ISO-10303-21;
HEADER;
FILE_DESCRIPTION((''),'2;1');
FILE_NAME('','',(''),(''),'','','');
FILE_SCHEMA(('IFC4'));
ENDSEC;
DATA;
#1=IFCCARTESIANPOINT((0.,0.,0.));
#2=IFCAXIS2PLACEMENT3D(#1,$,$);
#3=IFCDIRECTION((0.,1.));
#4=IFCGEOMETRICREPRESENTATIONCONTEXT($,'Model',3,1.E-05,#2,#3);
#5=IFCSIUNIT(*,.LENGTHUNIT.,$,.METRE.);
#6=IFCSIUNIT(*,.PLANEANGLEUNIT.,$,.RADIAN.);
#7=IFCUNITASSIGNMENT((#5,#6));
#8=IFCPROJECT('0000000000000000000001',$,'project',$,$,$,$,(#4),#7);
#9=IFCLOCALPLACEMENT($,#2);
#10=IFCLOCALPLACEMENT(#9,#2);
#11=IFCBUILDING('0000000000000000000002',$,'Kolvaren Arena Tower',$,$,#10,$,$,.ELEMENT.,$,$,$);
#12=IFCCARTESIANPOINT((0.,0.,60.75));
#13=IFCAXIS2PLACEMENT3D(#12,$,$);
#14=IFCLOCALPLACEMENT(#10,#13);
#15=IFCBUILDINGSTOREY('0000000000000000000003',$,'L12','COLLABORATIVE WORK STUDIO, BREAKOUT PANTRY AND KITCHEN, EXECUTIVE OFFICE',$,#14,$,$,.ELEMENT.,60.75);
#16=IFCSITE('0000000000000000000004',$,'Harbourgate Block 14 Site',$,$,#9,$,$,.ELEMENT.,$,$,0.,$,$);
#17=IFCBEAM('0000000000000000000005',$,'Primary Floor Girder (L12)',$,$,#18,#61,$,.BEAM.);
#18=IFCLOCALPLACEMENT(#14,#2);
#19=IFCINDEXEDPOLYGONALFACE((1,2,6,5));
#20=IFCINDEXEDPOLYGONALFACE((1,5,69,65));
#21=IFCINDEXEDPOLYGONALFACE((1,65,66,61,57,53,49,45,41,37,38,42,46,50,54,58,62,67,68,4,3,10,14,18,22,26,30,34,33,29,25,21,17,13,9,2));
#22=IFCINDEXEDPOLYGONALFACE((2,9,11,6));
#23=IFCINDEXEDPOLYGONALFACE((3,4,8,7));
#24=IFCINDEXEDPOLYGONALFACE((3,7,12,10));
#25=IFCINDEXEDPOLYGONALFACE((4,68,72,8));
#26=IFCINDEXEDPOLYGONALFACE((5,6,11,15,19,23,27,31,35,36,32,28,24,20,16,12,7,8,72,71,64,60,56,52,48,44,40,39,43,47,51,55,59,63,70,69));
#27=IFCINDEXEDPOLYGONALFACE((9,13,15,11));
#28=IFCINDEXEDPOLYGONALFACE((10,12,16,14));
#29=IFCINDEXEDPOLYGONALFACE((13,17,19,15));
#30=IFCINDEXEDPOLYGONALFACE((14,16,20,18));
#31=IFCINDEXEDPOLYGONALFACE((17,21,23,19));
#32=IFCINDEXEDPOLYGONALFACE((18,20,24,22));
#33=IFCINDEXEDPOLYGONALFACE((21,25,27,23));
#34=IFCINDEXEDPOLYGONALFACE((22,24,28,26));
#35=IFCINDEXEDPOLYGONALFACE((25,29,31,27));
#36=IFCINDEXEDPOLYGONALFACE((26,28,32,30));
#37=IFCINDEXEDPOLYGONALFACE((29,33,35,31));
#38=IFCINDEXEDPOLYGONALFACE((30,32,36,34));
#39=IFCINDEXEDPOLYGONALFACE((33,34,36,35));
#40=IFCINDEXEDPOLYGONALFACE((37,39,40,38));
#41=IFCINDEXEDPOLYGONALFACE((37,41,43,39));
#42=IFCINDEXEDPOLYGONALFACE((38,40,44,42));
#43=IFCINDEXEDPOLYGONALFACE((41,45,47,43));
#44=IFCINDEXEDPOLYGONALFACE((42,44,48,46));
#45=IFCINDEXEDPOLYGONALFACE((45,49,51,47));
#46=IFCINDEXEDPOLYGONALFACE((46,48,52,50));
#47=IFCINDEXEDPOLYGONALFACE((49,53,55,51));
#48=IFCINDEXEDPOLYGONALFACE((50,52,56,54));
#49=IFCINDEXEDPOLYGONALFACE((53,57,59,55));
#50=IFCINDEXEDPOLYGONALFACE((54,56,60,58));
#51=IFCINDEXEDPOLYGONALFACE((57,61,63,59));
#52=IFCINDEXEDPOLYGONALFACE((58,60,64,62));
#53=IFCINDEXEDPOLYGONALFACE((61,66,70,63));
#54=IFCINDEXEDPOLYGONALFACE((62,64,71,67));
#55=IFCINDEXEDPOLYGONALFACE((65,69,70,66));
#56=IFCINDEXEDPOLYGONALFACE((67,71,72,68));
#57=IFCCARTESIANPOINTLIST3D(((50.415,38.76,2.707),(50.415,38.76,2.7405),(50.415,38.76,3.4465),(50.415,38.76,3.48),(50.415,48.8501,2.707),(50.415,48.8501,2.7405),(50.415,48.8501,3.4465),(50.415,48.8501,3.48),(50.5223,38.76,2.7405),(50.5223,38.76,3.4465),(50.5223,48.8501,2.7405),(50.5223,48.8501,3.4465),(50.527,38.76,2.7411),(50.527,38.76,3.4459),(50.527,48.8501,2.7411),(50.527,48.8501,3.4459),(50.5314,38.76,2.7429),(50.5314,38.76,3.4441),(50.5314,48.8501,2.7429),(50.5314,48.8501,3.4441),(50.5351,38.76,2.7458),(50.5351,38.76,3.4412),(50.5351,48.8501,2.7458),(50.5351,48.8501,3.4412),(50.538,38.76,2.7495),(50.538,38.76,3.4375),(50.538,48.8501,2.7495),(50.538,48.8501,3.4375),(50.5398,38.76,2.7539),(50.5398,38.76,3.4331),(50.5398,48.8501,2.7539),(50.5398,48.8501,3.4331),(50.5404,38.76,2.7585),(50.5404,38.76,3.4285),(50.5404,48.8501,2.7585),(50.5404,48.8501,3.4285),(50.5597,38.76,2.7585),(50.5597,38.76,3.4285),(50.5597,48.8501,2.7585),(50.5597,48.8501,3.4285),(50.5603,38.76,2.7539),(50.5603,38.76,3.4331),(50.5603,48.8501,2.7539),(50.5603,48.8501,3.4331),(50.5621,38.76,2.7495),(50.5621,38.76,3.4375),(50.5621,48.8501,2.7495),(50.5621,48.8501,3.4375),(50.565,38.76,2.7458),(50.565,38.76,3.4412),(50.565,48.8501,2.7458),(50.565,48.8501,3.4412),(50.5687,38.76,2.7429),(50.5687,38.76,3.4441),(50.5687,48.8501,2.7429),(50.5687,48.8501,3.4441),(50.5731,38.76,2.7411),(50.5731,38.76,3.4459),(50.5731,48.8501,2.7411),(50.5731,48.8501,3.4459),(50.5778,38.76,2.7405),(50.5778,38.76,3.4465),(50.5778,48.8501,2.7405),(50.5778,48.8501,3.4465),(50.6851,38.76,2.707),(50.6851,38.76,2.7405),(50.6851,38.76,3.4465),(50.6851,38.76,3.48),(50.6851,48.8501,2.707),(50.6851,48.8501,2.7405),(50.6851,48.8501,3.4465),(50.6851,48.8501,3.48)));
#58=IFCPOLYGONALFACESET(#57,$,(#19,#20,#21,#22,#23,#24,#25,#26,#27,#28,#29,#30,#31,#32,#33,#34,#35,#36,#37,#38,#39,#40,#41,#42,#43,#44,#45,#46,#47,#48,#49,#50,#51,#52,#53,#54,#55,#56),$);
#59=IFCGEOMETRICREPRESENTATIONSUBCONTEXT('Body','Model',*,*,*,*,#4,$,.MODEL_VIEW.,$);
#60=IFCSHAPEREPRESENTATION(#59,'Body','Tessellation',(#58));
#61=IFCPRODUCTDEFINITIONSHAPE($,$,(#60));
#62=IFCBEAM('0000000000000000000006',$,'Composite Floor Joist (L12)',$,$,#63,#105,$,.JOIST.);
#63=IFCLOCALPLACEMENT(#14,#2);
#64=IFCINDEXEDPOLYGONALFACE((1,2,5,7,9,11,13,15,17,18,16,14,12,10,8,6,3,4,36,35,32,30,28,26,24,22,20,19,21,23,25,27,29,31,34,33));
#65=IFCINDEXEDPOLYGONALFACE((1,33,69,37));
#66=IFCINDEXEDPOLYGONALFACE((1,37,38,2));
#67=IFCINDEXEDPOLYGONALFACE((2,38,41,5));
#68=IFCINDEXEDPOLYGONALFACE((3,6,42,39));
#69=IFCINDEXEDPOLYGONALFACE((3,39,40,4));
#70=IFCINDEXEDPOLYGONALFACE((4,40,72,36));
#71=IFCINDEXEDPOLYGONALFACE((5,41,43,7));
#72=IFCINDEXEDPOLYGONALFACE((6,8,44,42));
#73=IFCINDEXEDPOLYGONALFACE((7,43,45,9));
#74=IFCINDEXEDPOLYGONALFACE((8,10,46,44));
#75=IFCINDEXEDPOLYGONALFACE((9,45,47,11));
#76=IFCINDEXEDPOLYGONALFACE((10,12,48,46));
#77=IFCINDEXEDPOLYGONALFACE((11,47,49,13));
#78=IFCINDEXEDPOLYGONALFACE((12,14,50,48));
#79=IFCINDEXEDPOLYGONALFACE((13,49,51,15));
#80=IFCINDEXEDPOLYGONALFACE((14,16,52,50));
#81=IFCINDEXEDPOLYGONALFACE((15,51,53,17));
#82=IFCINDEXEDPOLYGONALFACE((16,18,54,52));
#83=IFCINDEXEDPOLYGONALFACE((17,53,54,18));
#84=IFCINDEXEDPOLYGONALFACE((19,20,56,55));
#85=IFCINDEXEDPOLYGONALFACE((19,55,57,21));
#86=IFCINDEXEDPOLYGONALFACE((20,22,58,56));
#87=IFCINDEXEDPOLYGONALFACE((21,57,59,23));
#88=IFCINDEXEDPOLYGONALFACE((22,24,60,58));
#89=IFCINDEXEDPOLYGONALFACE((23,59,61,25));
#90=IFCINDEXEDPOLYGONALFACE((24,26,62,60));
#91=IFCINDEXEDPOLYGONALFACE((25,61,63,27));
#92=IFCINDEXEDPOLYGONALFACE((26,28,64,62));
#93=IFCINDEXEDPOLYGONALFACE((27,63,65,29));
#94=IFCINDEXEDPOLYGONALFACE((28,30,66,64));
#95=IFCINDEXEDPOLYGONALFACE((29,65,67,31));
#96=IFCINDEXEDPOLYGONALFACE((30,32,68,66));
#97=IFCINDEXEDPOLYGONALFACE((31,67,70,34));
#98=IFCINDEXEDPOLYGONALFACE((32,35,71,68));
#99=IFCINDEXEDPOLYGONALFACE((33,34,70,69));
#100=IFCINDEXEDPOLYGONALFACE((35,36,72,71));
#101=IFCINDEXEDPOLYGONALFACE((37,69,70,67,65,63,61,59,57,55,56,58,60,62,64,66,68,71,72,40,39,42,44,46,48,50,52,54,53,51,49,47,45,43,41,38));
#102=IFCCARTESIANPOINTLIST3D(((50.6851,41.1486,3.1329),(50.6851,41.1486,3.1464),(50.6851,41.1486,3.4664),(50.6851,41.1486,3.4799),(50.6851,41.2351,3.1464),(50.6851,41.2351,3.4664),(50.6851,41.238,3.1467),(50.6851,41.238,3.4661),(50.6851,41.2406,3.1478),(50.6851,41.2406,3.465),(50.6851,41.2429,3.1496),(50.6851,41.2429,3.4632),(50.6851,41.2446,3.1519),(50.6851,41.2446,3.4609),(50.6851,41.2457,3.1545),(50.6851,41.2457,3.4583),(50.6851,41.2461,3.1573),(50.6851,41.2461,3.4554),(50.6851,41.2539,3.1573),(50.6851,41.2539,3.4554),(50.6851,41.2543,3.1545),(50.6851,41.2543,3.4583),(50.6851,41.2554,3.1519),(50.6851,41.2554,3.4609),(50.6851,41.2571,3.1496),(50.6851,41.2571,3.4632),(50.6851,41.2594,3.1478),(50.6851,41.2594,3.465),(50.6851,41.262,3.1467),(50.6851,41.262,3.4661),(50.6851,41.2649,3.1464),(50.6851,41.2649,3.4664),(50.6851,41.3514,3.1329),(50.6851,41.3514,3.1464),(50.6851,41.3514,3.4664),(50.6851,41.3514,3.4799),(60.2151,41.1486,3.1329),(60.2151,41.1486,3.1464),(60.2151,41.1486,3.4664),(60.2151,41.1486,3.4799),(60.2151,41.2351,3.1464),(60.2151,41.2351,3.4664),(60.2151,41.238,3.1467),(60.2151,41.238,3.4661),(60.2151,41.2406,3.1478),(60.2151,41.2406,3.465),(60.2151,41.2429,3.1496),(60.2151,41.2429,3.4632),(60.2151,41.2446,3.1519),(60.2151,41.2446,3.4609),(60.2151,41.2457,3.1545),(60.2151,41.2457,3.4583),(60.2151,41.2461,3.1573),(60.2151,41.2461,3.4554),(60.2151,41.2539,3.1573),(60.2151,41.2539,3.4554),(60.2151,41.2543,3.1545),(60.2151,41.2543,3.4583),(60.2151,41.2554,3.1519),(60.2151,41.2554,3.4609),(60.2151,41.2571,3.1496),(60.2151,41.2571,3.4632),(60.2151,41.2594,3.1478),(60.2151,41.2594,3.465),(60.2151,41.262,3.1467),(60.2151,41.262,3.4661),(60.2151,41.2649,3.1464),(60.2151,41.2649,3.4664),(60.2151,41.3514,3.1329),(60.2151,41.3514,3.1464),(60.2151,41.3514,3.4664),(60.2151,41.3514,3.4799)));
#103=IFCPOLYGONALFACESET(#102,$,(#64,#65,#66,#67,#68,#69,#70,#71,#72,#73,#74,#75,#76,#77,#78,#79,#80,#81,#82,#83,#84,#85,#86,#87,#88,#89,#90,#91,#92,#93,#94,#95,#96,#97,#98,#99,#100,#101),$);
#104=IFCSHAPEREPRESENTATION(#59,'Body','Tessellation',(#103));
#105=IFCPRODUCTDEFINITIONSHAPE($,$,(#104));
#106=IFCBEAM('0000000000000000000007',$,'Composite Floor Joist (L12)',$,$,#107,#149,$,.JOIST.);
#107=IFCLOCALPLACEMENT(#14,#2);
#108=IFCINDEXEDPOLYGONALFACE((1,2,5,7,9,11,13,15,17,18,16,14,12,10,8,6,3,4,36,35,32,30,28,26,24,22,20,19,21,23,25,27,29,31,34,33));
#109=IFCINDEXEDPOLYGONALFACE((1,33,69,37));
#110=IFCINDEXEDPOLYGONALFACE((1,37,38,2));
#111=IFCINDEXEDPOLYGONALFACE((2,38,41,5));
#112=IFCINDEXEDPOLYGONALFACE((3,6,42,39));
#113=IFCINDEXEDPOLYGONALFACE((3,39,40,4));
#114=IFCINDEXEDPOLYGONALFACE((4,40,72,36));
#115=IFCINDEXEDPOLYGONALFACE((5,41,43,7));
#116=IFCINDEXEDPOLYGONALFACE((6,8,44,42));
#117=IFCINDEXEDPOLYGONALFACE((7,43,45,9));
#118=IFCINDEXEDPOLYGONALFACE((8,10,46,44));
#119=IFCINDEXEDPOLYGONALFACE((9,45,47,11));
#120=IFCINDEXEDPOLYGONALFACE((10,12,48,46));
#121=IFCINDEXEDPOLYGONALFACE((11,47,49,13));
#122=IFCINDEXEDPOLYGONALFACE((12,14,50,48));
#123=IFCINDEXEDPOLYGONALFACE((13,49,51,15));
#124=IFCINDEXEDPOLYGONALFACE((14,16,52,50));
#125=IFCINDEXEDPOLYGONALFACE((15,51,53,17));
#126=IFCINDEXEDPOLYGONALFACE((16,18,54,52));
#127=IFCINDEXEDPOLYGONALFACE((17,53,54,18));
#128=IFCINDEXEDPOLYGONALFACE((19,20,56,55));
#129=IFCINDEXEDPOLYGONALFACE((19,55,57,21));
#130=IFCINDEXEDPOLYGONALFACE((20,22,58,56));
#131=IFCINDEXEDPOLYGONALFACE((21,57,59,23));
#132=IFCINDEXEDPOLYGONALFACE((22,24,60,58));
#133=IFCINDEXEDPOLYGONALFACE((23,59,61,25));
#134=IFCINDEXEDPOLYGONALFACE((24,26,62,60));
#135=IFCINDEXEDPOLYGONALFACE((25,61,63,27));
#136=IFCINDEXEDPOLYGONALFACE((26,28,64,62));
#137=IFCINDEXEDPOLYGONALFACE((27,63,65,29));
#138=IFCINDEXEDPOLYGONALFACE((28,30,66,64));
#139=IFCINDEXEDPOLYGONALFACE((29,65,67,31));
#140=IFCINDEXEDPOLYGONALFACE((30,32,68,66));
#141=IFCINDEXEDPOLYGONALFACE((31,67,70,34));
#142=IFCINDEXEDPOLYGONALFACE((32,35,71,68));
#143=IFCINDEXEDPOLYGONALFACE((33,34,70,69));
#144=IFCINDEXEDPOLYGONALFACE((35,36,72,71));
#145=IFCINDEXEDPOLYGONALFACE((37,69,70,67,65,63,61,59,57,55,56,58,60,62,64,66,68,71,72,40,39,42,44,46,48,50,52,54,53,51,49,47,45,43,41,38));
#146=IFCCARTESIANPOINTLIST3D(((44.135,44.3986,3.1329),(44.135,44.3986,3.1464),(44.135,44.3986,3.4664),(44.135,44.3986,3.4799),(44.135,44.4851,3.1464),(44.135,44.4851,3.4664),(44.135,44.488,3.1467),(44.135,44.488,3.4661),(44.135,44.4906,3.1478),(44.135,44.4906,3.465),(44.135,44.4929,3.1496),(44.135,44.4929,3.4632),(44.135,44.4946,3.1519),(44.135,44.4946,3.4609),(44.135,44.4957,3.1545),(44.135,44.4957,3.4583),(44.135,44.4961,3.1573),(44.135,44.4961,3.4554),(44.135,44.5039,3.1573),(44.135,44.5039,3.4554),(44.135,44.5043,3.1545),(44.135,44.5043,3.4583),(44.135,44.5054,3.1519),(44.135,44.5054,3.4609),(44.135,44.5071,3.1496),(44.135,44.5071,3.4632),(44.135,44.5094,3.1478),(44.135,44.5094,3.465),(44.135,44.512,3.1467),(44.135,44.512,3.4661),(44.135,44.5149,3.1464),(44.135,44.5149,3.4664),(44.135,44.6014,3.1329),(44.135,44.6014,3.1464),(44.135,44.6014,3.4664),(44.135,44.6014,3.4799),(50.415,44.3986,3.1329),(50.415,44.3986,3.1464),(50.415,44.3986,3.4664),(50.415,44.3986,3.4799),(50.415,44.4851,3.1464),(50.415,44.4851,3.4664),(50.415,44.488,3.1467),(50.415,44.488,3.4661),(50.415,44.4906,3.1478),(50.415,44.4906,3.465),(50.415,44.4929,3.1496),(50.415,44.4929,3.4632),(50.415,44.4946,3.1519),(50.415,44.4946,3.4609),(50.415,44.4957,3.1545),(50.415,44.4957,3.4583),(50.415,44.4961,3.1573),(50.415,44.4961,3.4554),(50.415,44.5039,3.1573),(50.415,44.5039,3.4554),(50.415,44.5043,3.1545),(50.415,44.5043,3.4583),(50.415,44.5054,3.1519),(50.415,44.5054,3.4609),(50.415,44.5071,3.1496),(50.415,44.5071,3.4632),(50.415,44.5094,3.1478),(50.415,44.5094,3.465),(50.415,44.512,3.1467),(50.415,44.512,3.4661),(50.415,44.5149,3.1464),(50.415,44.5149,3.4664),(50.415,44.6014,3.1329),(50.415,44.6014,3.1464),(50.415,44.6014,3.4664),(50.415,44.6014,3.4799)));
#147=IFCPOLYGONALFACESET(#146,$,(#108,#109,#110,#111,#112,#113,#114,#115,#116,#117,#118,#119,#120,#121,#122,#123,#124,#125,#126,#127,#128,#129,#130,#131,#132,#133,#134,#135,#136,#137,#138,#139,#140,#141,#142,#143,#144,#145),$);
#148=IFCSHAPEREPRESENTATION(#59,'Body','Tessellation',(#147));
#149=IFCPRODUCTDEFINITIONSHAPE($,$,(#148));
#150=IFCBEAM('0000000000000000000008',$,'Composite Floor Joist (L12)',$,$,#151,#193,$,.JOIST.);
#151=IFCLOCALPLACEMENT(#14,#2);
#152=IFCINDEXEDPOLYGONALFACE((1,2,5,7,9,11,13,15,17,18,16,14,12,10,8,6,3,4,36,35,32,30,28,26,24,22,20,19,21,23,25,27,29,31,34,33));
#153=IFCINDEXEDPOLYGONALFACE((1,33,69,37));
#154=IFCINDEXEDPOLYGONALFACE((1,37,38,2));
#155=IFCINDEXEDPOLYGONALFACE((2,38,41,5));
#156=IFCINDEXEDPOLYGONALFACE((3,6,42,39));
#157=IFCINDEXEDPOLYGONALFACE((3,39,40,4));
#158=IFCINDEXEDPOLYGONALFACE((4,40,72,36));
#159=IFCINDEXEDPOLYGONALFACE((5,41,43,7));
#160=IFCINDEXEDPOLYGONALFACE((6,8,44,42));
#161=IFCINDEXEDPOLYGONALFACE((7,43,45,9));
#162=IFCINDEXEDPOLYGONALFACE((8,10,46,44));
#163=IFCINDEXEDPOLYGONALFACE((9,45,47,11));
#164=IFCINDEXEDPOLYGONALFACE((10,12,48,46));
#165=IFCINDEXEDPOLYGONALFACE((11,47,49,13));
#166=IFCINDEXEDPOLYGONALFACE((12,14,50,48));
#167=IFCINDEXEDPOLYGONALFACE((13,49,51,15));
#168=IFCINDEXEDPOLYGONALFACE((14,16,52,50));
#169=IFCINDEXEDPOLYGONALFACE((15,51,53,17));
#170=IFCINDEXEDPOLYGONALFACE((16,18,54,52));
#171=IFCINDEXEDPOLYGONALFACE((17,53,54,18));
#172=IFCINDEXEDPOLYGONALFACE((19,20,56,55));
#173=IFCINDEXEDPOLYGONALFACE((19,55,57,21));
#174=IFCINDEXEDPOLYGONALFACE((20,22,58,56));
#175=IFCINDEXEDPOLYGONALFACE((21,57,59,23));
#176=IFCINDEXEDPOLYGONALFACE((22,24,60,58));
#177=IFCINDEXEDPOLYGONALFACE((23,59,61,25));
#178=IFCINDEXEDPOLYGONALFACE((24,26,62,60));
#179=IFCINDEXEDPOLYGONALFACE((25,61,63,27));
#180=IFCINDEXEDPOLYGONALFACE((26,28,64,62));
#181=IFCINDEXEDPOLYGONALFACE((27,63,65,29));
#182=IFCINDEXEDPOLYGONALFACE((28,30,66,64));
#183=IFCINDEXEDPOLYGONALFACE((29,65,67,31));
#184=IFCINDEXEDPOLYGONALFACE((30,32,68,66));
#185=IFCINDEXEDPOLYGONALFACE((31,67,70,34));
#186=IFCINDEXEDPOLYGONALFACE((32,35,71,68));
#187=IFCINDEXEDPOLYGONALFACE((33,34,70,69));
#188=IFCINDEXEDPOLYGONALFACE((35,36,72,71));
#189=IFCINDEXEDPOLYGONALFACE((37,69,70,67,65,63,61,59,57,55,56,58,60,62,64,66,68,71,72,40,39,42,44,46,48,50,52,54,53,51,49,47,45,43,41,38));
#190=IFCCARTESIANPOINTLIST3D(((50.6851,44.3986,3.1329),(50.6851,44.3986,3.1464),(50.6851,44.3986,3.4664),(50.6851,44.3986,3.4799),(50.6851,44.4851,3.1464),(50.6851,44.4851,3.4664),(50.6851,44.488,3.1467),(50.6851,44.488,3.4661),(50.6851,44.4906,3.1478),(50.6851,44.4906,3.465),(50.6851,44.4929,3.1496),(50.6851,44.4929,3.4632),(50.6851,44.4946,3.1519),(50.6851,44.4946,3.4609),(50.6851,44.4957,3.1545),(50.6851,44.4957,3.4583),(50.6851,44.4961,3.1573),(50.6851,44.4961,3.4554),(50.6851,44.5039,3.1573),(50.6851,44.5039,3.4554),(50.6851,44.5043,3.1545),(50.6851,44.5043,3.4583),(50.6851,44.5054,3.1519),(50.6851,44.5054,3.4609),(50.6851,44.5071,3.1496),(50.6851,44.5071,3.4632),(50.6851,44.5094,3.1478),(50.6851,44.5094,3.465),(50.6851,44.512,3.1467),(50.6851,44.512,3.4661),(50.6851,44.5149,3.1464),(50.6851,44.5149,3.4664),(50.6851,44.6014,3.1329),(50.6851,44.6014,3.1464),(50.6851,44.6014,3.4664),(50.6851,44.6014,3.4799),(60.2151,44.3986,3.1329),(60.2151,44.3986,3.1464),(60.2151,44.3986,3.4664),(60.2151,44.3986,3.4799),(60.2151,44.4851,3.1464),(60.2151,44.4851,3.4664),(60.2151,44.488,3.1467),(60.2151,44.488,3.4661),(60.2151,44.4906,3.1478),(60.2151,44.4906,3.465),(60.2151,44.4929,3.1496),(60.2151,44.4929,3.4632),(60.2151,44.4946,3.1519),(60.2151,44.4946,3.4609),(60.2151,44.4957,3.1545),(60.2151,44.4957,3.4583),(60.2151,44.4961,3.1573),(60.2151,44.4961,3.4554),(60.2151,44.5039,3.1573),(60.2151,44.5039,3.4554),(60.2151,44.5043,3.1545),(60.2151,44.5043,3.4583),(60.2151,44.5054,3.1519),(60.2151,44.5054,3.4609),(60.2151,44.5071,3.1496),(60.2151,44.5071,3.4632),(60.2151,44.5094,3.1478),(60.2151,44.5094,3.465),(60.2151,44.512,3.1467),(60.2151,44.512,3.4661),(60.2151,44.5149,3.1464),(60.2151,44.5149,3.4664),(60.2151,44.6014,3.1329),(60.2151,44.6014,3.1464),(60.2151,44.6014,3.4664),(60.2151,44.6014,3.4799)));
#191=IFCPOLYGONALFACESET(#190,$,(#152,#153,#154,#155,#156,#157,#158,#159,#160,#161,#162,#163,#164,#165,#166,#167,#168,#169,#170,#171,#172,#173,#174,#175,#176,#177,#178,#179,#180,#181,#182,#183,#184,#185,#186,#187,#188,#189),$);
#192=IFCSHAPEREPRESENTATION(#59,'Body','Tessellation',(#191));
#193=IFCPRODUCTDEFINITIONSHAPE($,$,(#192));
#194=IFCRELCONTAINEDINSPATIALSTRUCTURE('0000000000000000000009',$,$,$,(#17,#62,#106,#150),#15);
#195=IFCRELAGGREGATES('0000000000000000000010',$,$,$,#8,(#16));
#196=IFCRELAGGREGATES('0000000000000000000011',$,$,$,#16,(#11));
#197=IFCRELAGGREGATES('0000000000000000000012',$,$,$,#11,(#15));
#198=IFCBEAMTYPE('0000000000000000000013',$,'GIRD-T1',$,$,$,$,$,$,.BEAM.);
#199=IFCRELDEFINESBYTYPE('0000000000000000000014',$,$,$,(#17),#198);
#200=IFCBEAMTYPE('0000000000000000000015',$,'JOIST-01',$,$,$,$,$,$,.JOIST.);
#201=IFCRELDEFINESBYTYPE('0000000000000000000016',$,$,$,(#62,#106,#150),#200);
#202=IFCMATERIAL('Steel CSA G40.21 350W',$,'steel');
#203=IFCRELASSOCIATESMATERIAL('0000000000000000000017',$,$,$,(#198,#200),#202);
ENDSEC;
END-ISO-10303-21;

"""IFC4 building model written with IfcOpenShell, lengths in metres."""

from ifc_helpers import new_model, si_unit, direction, frame, origin, origin_2d, place, context, subcontext, project, spatial, i_section, extrude, material, material_profile, profile_set, type_object, element, save


model = new_model("IFC4")

# Units and contexts
model_context = context("Model", 3, precision=1e-05, world=origin(), true_north=direction((0.0, 1.0)))
body_context = subcontext(model_context, "Body", "Model", "MODEL_VIEW")
ifc_project = project(units=[si_unit("LENGTHUNIT", "METRE"), si_unit("PLANEANGLEUNIT", "RADIAN")], contexts=[model_context])

# Site, building, storey
site_placement = place(None, origin())
site = spatial("IfcSite", under=ifc_project, at=site_placement, Name="Harbourgate Block 14 Site", CompositionType="ELEMENT", RefElevation=0.0)
building_placement = place(site_placement, origin())
building = spatial("IfcBuilding", under=site, at=building_placement, Name="Kolvaren Arena Tower", CompositionType="ELEMENT")
storey_placement = place(building_placement, frame((0.0, 0.0, 60.75)))
storey = spatial("IfcBuildingStorey", under=building, at=storey_placement, Name="L12", Description="COLLABORATIVE WORK STUDIO, BREAKOUT PANTRY AND KITCHEN, EXECUTIVE OFFICE", CompositionType="ELEMENT", Elevation=60.75)

# Beams
ifc_material_1 = material(Name="Steel CSA G40.21 350W", Category="steel")
ifc_material_profile_1 = material_profile(ifc_material_1, i_section(OverallWidth=0.27, OverallDepth=0.7729, WebThickness=0.0193, FlangeThickness=0.0334, FilletRadius=0.0181, at=origin_2d()), Name="W760x257")
ifc_profile_set_1 = profile_set([ifc_material_profile_1], Name="Steel CSA G40.21 350W")
beam_type_1 = type_object("IfcBeamType", Name="GIRD-T1", PredefinedType="BEAM", material=ifc_profile_set_1)
beam_1_placement = place(storey_placement, frame((50.55, 38.76, 3.0935), z_axis=(0.0, 1.0, 0.0), x_axis=(-1.0, 0.0, 0.0)))
element("IfcBeam", 1, at=beam_1_placement, inside=storey, type_object=beam_type_1, Name="Primary Floor Girder (L12)", PredefinedType="BEAM", context=body_context, shape_type="SweptSolid", body=[
    extrude(i_section(OverallWidth=0.27, OverallDepth=0.7729, WebThickness=0.0193, FlangeThickness=0.0334, FilletRadius=0.0181, at=origin_2d()), origin(), (0.0, 0.0, 1.0), 10.0901),
])
ifc_material_profile_2 = material_profile(ifc_material_1, i_section(OverallWidth=0.2029, OverallDepth=0.3469, WebThickness=0.0078, FlangeThickness=0.0134, FilletRadius=0.011, at=origin_2d()), Name="W360x64")
ifc_profile_set_2 = profile_set([ifc_material_profile_2], Name="Steel CSA G40.21 350W")
beam_type_2 = type_object("IfcBeamType", Name="JOIST-01", PredefinedType="JOIST", material=ifc_profile_set_2)
beam_2_placement = place(storey_placement, frame((50.6851, 41.25, 3.3064), z_axis=(1.0, 0.0, 0.0), x_axis=(0.0, 1.0, 0.0)))
element("IfcBeam", 2, at=beam_2_placement, inside=storey, type_object=beam_type_2, Name="Composite Floor Joist (L12)", PredefinedType="JOIST", context=body_context, shape_type="SweptSolid", body=[
    extrude(i_section(OverallWidth=0.2029, OverallDepth=0.3469, WebThickness=0.0078, FlangeThickness=0.0134, FilletRadius=0.011, at=origin_2d()), origin(), (0.0, 0.0, 1.0), 9.53),
])
beam_3_placement = place(storey_placement, frame((44.135, 44.5, 3.3064), z_axis=(1.0, 0.0, 0.0), x_axis=(0.0, 1.0, 0.0)))
element("IfcBeam", 3, at=beam_3_placement, inside=storey, type_object=beam_type_2, Name="Composite Floor Joist (L12)", PredefinedType="JOIST", context=body_context, shape_type="SweptSolid", body=[
    extrude(i_section(OverallWidth=0.2029, OverallDepth=0.3469, WebThickness=0.0078, FlangeThickness=0.0134, FilletRadius=0.011, at=origin_2d()), origin(), (0.0, 0.0, 1.0), 6.28),
])
beam_4_placement = place(storey_placement, frame((50.6851, 44.5, 3.3064), z_axis=(1.0, 0.0, 0.0), x_axis=(0.0, 1.0, 0.0)))
element("IfcBeam", 4, at=beam_4_placement, inside=storey, type_object=beam_type_2, Name="Composite Floor Joist (L12)", PredefinedType="JOIST", context=body_context, shape_type="SweptSolid", body=[
    extrude(i_section(OverallWidth=0.2029, OverallDepth=0.3469, WebThickness=0.0078, FlangeThickness=0.0134, FilletRadius=0.011, at=origin_2d()), origin(), (0.0, 0.0, 1.0), 9.53),
])

save(model, "model.ifc")
